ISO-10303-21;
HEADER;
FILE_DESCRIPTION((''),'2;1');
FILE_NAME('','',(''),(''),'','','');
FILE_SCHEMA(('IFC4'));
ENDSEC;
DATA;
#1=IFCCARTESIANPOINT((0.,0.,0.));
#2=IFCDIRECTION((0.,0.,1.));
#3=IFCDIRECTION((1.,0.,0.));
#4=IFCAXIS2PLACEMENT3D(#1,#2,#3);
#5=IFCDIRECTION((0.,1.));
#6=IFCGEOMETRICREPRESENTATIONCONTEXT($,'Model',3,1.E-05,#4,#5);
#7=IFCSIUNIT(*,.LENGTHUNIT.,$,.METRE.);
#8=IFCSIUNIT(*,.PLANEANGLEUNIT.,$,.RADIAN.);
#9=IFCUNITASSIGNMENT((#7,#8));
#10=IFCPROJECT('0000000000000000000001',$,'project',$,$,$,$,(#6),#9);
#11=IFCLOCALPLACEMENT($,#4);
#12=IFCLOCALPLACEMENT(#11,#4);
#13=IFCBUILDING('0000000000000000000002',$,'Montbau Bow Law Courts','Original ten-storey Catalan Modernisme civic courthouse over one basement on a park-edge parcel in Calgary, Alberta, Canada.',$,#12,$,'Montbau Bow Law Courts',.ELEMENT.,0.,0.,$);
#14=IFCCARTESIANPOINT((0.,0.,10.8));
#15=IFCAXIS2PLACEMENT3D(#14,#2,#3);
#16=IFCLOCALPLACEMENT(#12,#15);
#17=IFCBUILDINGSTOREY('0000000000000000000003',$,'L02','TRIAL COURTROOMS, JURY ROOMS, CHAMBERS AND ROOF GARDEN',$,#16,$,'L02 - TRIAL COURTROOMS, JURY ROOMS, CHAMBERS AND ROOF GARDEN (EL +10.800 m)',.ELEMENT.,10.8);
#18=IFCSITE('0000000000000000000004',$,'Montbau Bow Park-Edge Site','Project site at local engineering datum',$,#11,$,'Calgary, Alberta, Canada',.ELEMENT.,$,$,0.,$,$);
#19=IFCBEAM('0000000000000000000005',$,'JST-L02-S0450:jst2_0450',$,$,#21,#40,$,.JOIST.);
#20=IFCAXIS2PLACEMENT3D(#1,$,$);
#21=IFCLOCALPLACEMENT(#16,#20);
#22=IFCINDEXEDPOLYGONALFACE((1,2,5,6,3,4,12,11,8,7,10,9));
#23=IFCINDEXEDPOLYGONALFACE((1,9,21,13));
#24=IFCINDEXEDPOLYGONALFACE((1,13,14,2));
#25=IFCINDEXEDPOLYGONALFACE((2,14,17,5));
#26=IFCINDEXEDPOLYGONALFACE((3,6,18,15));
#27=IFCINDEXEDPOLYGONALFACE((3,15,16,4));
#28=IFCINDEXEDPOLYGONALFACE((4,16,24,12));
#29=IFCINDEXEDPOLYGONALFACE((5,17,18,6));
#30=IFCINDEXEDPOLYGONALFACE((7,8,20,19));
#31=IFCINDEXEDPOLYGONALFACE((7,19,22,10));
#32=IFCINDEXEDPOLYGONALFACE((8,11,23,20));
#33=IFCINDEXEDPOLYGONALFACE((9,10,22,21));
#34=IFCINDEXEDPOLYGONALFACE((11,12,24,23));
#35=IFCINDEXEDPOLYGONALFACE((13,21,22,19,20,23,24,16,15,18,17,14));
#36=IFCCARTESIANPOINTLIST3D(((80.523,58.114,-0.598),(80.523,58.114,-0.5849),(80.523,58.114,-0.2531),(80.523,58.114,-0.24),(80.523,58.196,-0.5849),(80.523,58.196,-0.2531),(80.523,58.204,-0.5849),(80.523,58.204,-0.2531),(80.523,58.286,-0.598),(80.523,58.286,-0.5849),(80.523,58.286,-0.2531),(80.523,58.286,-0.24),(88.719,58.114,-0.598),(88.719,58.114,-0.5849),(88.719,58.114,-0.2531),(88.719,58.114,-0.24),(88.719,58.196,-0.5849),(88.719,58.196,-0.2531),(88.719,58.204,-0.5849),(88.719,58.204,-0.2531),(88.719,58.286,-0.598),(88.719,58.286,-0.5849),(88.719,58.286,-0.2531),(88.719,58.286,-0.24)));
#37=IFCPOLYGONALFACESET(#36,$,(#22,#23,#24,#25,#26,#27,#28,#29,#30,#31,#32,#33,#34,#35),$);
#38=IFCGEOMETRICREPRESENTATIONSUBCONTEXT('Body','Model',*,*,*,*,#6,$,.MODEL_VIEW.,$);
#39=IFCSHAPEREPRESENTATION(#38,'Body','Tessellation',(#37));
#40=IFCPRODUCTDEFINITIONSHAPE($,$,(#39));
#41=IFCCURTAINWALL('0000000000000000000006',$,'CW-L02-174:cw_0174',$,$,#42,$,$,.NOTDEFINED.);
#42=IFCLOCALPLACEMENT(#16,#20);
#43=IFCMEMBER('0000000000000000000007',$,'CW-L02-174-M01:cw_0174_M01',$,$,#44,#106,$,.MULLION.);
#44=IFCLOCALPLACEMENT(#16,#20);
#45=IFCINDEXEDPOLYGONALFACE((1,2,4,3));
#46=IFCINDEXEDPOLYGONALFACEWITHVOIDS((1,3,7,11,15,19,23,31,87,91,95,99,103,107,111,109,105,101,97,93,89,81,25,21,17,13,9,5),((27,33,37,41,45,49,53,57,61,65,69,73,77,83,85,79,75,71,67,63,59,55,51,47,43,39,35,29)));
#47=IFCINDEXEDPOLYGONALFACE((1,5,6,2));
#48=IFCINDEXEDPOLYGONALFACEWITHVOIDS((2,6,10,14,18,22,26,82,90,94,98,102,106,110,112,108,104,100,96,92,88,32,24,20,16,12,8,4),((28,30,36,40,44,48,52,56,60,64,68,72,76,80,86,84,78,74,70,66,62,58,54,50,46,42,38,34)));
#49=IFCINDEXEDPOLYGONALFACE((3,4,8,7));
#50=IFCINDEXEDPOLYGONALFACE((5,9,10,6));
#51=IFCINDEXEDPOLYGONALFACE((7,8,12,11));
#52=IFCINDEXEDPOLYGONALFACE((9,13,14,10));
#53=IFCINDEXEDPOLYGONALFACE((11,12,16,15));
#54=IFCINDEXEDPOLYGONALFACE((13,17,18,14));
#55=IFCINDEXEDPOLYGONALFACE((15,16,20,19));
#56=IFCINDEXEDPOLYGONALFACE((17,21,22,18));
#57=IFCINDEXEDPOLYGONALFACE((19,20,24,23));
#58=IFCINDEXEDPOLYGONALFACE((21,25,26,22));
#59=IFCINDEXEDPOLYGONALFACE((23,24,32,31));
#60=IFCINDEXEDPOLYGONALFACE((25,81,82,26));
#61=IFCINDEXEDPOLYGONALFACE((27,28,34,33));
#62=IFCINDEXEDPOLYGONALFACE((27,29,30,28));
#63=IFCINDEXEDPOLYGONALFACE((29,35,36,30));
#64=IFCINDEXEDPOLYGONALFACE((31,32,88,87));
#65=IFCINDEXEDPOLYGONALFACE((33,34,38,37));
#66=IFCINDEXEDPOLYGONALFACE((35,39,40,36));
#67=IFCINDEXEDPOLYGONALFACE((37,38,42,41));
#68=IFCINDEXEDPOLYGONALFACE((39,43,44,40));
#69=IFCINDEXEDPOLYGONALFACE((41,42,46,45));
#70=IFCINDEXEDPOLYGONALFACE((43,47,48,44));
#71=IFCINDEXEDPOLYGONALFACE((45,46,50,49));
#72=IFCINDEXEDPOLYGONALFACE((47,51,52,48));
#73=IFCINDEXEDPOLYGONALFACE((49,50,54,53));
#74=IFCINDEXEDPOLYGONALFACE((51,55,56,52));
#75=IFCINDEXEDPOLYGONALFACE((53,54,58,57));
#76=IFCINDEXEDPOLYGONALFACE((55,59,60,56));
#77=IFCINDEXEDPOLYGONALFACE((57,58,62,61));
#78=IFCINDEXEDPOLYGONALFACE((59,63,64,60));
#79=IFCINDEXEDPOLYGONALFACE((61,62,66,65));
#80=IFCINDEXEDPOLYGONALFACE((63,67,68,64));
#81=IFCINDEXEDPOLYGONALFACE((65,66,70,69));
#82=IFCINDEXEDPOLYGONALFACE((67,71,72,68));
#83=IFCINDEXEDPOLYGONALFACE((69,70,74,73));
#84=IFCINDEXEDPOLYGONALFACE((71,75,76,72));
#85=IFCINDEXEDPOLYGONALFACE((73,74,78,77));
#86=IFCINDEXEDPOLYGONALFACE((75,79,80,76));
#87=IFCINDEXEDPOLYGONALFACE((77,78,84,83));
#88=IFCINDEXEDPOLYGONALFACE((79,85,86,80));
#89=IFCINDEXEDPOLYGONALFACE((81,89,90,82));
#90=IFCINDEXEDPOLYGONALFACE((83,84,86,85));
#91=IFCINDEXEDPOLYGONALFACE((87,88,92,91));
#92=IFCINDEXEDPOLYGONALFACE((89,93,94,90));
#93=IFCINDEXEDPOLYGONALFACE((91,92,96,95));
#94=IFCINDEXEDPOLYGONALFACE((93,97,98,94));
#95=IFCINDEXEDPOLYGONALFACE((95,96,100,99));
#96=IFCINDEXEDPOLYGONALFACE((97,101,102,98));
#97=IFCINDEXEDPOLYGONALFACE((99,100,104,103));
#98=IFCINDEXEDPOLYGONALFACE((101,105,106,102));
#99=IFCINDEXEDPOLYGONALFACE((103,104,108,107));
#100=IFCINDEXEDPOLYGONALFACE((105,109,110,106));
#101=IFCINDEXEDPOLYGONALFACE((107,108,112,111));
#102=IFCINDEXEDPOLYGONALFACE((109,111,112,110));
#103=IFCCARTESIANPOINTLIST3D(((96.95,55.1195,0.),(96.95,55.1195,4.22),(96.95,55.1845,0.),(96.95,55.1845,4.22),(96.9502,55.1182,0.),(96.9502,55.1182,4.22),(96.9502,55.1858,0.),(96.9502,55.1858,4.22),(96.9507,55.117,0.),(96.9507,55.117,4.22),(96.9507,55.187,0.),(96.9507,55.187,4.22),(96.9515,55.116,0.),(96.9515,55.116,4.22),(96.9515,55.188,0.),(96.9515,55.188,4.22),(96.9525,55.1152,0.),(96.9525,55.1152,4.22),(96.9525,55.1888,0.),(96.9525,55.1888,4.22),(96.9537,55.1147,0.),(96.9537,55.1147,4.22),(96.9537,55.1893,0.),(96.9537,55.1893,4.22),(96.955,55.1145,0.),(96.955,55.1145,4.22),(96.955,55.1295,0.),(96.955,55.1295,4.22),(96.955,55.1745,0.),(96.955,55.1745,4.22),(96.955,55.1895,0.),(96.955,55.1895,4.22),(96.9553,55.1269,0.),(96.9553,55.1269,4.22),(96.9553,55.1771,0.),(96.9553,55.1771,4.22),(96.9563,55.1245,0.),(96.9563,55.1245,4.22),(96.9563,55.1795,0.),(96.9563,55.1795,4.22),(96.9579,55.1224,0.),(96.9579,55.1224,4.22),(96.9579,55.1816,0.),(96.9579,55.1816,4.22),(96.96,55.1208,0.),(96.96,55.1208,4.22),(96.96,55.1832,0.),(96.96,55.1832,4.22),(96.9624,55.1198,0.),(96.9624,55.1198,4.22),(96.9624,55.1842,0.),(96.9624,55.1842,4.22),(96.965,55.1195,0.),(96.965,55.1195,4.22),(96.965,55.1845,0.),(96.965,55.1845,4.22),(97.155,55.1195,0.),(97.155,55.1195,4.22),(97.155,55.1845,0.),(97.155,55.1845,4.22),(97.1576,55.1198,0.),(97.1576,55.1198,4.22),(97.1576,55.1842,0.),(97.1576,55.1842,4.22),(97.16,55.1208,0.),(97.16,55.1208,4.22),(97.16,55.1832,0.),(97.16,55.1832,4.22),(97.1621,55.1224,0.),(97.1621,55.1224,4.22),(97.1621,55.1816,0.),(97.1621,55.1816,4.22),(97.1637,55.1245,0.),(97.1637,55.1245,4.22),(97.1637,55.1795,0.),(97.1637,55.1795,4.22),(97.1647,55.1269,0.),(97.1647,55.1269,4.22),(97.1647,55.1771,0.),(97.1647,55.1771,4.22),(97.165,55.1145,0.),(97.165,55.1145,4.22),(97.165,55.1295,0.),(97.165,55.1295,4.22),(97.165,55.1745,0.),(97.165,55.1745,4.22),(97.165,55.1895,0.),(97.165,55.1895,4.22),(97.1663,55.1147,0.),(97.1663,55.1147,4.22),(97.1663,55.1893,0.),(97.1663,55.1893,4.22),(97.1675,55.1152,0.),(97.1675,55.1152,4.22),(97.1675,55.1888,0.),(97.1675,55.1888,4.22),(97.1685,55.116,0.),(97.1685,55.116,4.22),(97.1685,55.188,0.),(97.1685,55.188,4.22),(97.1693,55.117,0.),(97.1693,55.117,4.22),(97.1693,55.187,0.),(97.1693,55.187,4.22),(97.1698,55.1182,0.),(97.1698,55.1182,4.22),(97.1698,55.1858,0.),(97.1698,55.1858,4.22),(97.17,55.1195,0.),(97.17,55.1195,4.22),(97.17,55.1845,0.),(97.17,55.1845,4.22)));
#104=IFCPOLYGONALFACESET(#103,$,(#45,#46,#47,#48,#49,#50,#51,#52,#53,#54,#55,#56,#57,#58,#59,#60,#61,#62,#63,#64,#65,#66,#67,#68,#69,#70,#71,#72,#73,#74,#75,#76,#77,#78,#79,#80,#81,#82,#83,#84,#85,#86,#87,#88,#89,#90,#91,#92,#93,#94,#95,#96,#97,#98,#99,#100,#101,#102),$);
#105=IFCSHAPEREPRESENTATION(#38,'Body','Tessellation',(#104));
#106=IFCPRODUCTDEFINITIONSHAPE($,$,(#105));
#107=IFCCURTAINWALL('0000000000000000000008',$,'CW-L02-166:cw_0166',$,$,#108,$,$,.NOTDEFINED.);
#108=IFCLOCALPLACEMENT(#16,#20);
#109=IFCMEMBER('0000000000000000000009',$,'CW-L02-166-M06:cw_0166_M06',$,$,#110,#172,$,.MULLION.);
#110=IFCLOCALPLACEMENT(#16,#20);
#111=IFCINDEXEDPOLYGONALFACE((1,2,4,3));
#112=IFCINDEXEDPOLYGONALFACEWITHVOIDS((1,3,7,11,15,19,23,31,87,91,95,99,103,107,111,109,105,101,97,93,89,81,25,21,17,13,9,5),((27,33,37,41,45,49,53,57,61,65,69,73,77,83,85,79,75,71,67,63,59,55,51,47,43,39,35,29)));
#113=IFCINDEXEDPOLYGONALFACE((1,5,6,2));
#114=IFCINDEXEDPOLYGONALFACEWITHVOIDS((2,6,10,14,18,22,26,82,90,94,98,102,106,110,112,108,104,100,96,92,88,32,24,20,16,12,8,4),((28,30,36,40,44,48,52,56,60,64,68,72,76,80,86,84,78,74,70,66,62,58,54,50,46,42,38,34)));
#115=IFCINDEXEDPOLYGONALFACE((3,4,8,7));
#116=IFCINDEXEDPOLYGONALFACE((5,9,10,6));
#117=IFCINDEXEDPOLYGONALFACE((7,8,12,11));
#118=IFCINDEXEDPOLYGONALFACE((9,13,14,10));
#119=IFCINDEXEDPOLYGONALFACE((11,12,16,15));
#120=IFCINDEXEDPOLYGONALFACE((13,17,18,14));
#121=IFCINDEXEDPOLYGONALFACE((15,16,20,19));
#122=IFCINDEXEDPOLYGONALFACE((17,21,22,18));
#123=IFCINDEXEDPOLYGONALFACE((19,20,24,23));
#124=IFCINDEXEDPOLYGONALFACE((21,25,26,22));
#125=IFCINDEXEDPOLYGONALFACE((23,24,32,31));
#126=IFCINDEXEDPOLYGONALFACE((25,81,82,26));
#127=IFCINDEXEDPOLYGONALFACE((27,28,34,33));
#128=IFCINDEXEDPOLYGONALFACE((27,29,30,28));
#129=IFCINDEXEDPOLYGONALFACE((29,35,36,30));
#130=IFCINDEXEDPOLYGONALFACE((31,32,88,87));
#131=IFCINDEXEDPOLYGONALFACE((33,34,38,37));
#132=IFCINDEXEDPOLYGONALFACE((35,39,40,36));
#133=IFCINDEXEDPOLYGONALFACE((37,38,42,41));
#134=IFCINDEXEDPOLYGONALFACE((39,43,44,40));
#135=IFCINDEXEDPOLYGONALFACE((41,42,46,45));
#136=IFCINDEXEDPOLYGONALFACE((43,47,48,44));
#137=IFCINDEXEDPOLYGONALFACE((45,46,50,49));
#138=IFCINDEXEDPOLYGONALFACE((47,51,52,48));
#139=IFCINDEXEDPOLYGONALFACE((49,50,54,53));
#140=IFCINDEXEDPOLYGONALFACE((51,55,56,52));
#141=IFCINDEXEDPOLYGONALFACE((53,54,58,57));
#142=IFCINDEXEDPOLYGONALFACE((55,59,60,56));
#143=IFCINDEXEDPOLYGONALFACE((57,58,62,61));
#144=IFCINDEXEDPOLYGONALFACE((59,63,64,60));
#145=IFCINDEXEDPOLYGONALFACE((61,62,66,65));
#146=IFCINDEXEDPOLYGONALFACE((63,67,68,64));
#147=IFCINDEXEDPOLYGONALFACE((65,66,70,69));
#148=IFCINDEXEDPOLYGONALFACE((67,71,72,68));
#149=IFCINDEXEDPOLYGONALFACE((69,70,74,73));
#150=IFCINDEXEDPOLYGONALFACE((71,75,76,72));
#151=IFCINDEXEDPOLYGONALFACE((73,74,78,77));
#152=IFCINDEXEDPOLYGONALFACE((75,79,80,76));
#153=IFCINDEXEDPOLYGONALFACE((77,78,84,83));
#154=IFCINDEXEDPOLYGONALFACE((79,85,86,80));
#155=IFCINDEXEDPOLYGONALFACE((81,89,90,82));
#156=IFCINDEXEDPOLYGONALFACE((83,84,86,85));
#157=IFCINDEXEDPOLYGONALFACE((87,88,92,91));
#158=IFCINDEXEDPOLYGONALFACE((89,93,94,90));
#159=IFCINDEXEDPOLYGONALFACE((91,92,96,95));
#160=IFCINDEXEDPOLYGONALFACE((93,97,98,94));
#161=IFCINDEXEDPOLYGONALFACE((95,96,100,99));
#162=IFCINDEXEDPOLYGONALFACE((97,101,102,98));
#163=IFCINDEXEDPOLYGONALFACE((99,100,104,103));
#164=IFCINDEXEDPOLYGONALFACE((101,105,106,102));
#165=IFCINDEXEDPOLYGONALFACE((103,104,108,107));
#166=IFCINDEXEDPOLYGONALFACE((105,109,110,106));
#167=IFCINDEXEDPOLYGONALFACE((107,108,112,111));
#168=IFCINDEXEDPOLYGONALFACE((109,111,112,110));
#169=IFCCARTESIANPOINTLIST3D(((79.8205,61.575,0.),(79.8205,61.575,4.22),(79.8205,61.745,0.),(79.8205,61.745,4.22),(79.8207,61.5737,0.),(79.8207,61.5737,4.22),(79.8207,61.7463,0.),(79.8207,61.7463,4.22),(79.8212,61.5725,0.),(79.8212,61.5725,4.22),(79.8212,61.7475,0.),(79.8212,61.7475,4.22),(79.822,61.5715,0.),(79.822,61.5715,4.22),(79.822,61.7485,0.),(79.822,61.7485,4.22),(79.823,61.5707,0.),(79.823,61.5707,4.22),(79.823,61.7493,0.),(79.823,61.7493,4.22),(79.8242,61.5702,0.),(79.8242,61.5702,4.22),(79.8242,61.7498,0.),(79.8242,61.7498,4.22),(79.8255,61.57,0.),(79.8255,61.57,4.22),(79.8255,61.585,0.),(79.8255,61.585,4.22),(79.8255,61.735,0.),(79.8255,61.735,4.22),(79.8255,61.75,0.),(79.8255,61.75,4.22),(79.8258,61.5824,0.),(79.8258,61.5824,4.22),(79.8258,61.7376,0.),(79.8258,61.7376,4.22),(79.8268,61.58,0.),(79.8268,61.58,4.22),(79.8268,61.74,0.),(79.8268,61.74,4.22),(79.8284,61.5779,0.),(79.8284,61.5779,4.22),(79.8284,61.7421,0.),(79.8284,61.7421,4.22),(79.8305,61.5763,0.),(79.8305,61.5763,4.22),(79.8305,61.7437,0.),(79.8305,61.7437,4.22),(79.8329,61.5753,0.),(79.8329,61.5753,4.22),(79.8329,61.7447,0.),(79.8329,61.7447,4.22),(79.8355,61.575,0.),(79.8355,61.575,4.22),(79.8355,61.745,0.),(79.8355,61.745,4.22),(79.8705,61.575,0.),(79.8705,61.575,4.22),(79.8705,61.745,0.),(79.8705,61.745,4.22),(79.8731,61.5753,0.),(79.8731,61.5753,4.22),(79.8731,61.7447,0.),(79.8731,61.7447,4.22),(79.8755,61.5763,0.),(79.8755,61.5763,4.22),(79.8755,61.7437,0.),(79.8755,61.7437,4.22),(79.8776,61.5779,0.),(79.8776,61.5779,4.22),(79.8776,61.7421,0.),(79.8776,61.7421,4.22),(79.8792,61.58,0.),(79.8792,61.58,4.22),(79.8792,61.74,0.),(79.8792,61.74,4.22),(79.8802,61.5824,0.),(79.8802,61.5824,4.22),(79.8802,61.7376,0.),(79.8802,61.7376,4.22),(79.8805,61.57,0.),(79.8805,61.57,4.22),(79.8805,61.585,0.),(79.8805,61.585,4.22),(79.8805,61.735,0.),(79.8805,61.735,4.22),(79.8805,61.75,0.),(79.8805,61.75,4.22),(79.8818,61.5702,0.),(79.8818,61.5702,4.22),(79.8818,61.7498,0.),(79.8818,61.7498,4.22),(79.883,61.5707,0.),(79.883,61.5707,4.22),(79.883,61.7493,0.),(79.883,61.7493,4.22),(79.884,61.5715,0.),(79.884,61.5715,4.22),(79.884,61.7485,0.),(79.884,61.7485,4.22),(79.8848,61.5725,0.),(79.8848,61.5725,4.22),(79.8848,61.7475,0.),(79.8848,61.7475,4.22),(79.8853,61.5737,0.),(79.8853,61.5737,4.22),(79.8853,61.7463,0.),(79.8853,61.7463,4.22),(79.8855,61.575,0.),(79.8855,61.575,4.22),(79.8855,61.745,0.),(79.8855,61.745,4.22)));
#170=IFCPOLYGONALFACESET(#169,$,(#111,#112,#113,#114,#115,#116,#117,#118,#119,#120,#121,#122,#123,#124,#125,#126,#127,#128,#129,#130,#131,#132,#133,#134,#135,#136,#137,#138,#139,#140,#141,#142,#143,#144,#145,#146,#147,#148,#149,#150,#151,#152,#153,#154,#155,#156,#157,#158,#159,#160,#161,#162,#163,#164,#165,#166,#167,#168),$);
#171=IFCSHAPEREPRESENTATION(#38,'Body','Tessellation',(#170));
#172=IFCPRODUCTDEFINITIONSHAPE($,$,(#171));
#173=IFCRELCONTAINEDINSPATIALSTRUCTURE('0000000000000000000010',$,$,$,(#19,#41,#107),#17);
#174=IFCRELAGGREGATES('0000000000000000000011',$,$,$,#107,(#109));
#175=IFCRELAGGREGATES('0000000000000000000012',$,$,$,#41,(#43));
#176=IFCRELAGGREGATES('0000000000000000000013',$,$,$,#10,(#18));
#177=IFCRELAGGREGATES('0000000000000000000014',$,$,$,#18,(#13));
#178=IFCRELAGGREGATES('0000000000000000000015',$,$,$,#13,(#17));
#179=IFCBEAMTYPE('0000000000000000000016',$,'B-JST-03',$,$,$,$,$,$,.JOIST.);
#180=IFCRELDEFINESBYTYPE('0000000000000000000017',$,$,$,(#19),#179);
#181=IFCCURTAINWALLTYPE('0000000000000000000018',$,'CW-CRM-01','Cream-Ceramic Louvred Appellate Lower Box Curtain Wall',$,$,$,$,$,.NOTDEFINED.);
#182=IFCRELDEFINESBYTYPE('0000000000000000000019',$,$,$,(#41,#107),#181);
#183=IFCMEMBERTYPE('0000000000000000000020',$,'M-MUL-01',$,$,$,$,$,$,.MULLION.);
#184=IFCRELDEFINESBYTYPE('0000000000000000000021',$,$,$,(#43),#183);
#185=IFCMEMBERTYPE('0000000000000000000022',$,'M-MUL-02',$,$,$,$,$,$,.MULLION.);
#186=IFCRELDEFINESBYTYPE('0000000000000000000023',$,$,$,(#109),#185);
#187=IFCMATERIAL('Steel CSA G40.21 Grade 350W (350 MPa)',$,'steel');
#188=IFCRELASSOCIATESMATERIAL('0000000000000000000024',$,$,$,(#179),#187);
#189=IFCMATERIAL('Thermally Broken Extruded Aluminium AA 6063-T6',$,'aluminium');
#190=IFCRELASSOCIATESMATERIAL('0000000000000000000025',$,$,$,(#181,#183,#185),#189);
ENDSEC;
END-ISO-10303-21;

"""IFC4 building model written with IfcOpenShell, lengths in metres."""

from ifc_helpers import new_model, si_unit, direction, frame, origin_with_axes, origin_2d_with_axis, place, context, subcontext, project, spatial, hollow_rectangle, i_section, extrude, material, material_profile, profile_set, type_object, element, aggregate, save


model = new_model("IFC4")

# Units and contexts
model_context = context("Model", 3, precision=1e-05, world=origin_with_axes(), true_north=direction((0.0, 1.0)))
body_context = subcontext(model_context, "Body", "Model", "MODEL_VIEW")
ifc_project = project(units=[si_unit("LENGTHUNIT", "METRE"), si_unit("PLANEANGLEUNIT", "RADIAN")], contexts=[model_context])

# Site, building, storey
site_placement = place(None, origin_with_axes())
site = spatial("IfcSite", under=ifc_project, at=site_placement, Name="Montbau Bow Park-Edge Site", Description="Project site at local engineering datum", LongName="Calgary, Alberta, Canada", CompositionType="ELEMENT", RefElevation=0.0)
building_placement = place(site_placement, origin_with_axes())
building = spatial("IfcBuilding", under=site, at=building_placement, Name="Montbau Bow Law Courts", Description="Original ten-storey Catalan Modernisme civic courthouse over one basement on a park-edge parcel in Calgary, Alberta, Canada.", LongName="Montbau Bow Law Courts", CompositionType="ELEMENT", ElevationOfRefHeight=0.0, ElevationOfTerrain=0.0)
storey_placement = place(building_placement, frame((0.0, 0.0, 10.8), z_axis=(0.0, 0.0, 1.0), x_axis=(1.0, 0.0, 0.0)))
storey = spatial("IfcBuildingStorey", under=building, at=storey_placement, Name="L02", Description="TRIAL COURTROOMS, JURY ROOMS, CHAMBERS AND ROOF GARDEN", LongName="L02 - TRIAL COURTROOMS, JURY ROOMS, CHAMBERS AND ROOF GARDEN (EL +10.800 m)", CompositionType="ELEMENT", Elevation=10.8)

# Shared definitions
ifc_material_1 = material(Name="Steel CSA G40.21 Grade 350W (350 MPa)", Category="steel")

# Beam
ifc_material_profile_1 = material_profile(ifc_material_1, i_section(OverallWidth=0.172, OverallDepth=0.358, WebThickness=0.0079, FlangeThickness=0.0131, at=origin_2d_with_axis()), Name="W360X57", Category="Main", Priority=0)
ifc_profile_set_1 = profile_set([ifc_material_profile_1], Name="Steel CSA G40.21 Grade 350W (350 MPa)")
beam_type_1 = type_object("IfcBeamType", Name="B-JST-03", PredefinedType="JOIST", material=ifc_profile_set_1)
beam_1_placement = place(None, frame((80.523, 58.2, 10.381), z_axis=(1.0, 0.0, 0.0), x_axis=(0.0, 1.0, 0.0)))
element("IfcBeam", 1, at=beam_1_placement, inside=storey, type_object=beam_type_1, Name="JST-L02-S0450:jst2_0450", PredefinedType="JOIST", context=body_context, shape_type="SweptSolid", body=[
    extrude(i_section(OverallWidth=0.172, OverallDepth=0.358, WebThickness=0.0079, FlangeThickness=0.0131, at=origin_2d_with_axis()), origin_with_axes(), (0.0, 0.0, 1.0), 8.196),
])

# Curtain walls, members
ifc_material_2 = material(Name="Thermally Broken Extruded Aluminium AA 6063-T6", Category="aluminium")
curtain_wall_type = type_object("IfcCurtainWallType", Name="CW-CRM-01", Description="Cream-Ceramic Louvred Appellate Lower Box Curtain Wall", PredefinedType="NOTDEFINED", material=ifc_material_2)
curtain_wall_1_placement = place(None, frame((97.06, 55.115, 10.8), z_axis=(0.0, 0.0, 1.0), x_axis=(1.0, 0.0, 0.0)))
curtain_wall_1 = element("IfcCurtainWall", 2, at=curtain_wall_1_placement, inside=storey, type_object=curtain_wall_type, Name="CW-L02-174:cw_0174", PredefinedType="NOTDEFINED")
ifc_material_profile_2 = material_profile(ifc_material_2, hollow_rectangle(XDim=0.075, YDim=0.22, WallThickness=0.005, InnerFilletRadius=0.01, OuterFilletRadius=0.005, at=origin_2d_with_axis()), Name="CWM-220X75", Category="Main", Priority=0)
ifc_profile_set_2 = profile_set([ifc_material_profile_2], Name="Thermally Broken Extruded Aluminium AA 6063-T6")
member_type_1 = type_object("IfcMemberType", Name="M-MUL-01", PredefinedType="MULLION", material=ifc_profile_set_2)
member_1_placement = place(None, frame((97.06, 55.152, 10.8), z_axis=(0.0, 0.0, 1.0), x_axis=(0.0, 1.0, 0.0)))
member_1 = element("IfcMember", 3, at=member_1_placement, type_object=member_type_1, Name="CW-L02-174-M01:cw_0174_M01", PredefinedType="MULLION", context=body_context, shape_type="SweptSolid", body=[
    extrude(hollow_rectangle(XDim=0.075, YDim=0.22, WallThickness=0.005, InnerFilletRadius=0.01, OuterFilletRadius=0.005, at=origin_2d_with_axis()), origin_with_axes(), (0.0, 0.0, 1.0), 4.22),
])
curtain_wall_2_placement = place(None, frame((72.515, 61.66, 10.8), z_axis=(0.0, 0.0, 1.0), x_axis=(1.0, 0.0, 0.0)))
curtain_wall_2 = element("IfcCurtainWall", 4, at=curtain_wall_2_placement, inside=storey, type_object=curtain_wall_type, Name="CW-L02-166:cw_0166", PredefinedType="NOTDEFINED")
ifc_material_profile_3 = material_profile(ifc_material_2, hollow_rectangle(XDim=0.065, YDim=0.18, WallThickness=0.005, InnerFilletRadius=0.01, OuterFilletRadius=0.005, at=origin_2d_with_axis()), Name="CWM-180X65", Category="Main", Priority=0)
ifc_profile_set_3 = profile_set([ifc_material_profile_3], Name="Thermally Broken Extruded Aluminium AA 6063-T6")
member_type_2 = type_object("IfcMemberType", Name="M-MUL-02", PredefinedType="MULLION", material=ifc_profile_set_3)
member_2_placement = place(None, frame((79.853, 61.66, 10.8), z_axis=(0.0, 0.0, 1.0), x_axis=(1.0, 0.0, 0.0)))
member_2 = element("IfcMember", 5, at=member_2_placement, type_object=member_type_2, Name="CW-L02-166-M06:cw_0166_M06", PredefinedType="MULLION", context=body_context, shape_type="SweptSolid", body=[
    extrude(hollow_rectangle(XDim=0.065, YDim=0.18, WallThickness=0.005, InnerFilletRadius=0.01, OuterFilletRadius=0.005, at=origin_2d_with_axis()), origin_with_axes(), (0.0, 0.0, 1.0), 4.22),
])
aggregate(curtain_wall_2, [member_2])

aggregate(curtain_wall_1, [member_1])

save(model, "model.ifc")
